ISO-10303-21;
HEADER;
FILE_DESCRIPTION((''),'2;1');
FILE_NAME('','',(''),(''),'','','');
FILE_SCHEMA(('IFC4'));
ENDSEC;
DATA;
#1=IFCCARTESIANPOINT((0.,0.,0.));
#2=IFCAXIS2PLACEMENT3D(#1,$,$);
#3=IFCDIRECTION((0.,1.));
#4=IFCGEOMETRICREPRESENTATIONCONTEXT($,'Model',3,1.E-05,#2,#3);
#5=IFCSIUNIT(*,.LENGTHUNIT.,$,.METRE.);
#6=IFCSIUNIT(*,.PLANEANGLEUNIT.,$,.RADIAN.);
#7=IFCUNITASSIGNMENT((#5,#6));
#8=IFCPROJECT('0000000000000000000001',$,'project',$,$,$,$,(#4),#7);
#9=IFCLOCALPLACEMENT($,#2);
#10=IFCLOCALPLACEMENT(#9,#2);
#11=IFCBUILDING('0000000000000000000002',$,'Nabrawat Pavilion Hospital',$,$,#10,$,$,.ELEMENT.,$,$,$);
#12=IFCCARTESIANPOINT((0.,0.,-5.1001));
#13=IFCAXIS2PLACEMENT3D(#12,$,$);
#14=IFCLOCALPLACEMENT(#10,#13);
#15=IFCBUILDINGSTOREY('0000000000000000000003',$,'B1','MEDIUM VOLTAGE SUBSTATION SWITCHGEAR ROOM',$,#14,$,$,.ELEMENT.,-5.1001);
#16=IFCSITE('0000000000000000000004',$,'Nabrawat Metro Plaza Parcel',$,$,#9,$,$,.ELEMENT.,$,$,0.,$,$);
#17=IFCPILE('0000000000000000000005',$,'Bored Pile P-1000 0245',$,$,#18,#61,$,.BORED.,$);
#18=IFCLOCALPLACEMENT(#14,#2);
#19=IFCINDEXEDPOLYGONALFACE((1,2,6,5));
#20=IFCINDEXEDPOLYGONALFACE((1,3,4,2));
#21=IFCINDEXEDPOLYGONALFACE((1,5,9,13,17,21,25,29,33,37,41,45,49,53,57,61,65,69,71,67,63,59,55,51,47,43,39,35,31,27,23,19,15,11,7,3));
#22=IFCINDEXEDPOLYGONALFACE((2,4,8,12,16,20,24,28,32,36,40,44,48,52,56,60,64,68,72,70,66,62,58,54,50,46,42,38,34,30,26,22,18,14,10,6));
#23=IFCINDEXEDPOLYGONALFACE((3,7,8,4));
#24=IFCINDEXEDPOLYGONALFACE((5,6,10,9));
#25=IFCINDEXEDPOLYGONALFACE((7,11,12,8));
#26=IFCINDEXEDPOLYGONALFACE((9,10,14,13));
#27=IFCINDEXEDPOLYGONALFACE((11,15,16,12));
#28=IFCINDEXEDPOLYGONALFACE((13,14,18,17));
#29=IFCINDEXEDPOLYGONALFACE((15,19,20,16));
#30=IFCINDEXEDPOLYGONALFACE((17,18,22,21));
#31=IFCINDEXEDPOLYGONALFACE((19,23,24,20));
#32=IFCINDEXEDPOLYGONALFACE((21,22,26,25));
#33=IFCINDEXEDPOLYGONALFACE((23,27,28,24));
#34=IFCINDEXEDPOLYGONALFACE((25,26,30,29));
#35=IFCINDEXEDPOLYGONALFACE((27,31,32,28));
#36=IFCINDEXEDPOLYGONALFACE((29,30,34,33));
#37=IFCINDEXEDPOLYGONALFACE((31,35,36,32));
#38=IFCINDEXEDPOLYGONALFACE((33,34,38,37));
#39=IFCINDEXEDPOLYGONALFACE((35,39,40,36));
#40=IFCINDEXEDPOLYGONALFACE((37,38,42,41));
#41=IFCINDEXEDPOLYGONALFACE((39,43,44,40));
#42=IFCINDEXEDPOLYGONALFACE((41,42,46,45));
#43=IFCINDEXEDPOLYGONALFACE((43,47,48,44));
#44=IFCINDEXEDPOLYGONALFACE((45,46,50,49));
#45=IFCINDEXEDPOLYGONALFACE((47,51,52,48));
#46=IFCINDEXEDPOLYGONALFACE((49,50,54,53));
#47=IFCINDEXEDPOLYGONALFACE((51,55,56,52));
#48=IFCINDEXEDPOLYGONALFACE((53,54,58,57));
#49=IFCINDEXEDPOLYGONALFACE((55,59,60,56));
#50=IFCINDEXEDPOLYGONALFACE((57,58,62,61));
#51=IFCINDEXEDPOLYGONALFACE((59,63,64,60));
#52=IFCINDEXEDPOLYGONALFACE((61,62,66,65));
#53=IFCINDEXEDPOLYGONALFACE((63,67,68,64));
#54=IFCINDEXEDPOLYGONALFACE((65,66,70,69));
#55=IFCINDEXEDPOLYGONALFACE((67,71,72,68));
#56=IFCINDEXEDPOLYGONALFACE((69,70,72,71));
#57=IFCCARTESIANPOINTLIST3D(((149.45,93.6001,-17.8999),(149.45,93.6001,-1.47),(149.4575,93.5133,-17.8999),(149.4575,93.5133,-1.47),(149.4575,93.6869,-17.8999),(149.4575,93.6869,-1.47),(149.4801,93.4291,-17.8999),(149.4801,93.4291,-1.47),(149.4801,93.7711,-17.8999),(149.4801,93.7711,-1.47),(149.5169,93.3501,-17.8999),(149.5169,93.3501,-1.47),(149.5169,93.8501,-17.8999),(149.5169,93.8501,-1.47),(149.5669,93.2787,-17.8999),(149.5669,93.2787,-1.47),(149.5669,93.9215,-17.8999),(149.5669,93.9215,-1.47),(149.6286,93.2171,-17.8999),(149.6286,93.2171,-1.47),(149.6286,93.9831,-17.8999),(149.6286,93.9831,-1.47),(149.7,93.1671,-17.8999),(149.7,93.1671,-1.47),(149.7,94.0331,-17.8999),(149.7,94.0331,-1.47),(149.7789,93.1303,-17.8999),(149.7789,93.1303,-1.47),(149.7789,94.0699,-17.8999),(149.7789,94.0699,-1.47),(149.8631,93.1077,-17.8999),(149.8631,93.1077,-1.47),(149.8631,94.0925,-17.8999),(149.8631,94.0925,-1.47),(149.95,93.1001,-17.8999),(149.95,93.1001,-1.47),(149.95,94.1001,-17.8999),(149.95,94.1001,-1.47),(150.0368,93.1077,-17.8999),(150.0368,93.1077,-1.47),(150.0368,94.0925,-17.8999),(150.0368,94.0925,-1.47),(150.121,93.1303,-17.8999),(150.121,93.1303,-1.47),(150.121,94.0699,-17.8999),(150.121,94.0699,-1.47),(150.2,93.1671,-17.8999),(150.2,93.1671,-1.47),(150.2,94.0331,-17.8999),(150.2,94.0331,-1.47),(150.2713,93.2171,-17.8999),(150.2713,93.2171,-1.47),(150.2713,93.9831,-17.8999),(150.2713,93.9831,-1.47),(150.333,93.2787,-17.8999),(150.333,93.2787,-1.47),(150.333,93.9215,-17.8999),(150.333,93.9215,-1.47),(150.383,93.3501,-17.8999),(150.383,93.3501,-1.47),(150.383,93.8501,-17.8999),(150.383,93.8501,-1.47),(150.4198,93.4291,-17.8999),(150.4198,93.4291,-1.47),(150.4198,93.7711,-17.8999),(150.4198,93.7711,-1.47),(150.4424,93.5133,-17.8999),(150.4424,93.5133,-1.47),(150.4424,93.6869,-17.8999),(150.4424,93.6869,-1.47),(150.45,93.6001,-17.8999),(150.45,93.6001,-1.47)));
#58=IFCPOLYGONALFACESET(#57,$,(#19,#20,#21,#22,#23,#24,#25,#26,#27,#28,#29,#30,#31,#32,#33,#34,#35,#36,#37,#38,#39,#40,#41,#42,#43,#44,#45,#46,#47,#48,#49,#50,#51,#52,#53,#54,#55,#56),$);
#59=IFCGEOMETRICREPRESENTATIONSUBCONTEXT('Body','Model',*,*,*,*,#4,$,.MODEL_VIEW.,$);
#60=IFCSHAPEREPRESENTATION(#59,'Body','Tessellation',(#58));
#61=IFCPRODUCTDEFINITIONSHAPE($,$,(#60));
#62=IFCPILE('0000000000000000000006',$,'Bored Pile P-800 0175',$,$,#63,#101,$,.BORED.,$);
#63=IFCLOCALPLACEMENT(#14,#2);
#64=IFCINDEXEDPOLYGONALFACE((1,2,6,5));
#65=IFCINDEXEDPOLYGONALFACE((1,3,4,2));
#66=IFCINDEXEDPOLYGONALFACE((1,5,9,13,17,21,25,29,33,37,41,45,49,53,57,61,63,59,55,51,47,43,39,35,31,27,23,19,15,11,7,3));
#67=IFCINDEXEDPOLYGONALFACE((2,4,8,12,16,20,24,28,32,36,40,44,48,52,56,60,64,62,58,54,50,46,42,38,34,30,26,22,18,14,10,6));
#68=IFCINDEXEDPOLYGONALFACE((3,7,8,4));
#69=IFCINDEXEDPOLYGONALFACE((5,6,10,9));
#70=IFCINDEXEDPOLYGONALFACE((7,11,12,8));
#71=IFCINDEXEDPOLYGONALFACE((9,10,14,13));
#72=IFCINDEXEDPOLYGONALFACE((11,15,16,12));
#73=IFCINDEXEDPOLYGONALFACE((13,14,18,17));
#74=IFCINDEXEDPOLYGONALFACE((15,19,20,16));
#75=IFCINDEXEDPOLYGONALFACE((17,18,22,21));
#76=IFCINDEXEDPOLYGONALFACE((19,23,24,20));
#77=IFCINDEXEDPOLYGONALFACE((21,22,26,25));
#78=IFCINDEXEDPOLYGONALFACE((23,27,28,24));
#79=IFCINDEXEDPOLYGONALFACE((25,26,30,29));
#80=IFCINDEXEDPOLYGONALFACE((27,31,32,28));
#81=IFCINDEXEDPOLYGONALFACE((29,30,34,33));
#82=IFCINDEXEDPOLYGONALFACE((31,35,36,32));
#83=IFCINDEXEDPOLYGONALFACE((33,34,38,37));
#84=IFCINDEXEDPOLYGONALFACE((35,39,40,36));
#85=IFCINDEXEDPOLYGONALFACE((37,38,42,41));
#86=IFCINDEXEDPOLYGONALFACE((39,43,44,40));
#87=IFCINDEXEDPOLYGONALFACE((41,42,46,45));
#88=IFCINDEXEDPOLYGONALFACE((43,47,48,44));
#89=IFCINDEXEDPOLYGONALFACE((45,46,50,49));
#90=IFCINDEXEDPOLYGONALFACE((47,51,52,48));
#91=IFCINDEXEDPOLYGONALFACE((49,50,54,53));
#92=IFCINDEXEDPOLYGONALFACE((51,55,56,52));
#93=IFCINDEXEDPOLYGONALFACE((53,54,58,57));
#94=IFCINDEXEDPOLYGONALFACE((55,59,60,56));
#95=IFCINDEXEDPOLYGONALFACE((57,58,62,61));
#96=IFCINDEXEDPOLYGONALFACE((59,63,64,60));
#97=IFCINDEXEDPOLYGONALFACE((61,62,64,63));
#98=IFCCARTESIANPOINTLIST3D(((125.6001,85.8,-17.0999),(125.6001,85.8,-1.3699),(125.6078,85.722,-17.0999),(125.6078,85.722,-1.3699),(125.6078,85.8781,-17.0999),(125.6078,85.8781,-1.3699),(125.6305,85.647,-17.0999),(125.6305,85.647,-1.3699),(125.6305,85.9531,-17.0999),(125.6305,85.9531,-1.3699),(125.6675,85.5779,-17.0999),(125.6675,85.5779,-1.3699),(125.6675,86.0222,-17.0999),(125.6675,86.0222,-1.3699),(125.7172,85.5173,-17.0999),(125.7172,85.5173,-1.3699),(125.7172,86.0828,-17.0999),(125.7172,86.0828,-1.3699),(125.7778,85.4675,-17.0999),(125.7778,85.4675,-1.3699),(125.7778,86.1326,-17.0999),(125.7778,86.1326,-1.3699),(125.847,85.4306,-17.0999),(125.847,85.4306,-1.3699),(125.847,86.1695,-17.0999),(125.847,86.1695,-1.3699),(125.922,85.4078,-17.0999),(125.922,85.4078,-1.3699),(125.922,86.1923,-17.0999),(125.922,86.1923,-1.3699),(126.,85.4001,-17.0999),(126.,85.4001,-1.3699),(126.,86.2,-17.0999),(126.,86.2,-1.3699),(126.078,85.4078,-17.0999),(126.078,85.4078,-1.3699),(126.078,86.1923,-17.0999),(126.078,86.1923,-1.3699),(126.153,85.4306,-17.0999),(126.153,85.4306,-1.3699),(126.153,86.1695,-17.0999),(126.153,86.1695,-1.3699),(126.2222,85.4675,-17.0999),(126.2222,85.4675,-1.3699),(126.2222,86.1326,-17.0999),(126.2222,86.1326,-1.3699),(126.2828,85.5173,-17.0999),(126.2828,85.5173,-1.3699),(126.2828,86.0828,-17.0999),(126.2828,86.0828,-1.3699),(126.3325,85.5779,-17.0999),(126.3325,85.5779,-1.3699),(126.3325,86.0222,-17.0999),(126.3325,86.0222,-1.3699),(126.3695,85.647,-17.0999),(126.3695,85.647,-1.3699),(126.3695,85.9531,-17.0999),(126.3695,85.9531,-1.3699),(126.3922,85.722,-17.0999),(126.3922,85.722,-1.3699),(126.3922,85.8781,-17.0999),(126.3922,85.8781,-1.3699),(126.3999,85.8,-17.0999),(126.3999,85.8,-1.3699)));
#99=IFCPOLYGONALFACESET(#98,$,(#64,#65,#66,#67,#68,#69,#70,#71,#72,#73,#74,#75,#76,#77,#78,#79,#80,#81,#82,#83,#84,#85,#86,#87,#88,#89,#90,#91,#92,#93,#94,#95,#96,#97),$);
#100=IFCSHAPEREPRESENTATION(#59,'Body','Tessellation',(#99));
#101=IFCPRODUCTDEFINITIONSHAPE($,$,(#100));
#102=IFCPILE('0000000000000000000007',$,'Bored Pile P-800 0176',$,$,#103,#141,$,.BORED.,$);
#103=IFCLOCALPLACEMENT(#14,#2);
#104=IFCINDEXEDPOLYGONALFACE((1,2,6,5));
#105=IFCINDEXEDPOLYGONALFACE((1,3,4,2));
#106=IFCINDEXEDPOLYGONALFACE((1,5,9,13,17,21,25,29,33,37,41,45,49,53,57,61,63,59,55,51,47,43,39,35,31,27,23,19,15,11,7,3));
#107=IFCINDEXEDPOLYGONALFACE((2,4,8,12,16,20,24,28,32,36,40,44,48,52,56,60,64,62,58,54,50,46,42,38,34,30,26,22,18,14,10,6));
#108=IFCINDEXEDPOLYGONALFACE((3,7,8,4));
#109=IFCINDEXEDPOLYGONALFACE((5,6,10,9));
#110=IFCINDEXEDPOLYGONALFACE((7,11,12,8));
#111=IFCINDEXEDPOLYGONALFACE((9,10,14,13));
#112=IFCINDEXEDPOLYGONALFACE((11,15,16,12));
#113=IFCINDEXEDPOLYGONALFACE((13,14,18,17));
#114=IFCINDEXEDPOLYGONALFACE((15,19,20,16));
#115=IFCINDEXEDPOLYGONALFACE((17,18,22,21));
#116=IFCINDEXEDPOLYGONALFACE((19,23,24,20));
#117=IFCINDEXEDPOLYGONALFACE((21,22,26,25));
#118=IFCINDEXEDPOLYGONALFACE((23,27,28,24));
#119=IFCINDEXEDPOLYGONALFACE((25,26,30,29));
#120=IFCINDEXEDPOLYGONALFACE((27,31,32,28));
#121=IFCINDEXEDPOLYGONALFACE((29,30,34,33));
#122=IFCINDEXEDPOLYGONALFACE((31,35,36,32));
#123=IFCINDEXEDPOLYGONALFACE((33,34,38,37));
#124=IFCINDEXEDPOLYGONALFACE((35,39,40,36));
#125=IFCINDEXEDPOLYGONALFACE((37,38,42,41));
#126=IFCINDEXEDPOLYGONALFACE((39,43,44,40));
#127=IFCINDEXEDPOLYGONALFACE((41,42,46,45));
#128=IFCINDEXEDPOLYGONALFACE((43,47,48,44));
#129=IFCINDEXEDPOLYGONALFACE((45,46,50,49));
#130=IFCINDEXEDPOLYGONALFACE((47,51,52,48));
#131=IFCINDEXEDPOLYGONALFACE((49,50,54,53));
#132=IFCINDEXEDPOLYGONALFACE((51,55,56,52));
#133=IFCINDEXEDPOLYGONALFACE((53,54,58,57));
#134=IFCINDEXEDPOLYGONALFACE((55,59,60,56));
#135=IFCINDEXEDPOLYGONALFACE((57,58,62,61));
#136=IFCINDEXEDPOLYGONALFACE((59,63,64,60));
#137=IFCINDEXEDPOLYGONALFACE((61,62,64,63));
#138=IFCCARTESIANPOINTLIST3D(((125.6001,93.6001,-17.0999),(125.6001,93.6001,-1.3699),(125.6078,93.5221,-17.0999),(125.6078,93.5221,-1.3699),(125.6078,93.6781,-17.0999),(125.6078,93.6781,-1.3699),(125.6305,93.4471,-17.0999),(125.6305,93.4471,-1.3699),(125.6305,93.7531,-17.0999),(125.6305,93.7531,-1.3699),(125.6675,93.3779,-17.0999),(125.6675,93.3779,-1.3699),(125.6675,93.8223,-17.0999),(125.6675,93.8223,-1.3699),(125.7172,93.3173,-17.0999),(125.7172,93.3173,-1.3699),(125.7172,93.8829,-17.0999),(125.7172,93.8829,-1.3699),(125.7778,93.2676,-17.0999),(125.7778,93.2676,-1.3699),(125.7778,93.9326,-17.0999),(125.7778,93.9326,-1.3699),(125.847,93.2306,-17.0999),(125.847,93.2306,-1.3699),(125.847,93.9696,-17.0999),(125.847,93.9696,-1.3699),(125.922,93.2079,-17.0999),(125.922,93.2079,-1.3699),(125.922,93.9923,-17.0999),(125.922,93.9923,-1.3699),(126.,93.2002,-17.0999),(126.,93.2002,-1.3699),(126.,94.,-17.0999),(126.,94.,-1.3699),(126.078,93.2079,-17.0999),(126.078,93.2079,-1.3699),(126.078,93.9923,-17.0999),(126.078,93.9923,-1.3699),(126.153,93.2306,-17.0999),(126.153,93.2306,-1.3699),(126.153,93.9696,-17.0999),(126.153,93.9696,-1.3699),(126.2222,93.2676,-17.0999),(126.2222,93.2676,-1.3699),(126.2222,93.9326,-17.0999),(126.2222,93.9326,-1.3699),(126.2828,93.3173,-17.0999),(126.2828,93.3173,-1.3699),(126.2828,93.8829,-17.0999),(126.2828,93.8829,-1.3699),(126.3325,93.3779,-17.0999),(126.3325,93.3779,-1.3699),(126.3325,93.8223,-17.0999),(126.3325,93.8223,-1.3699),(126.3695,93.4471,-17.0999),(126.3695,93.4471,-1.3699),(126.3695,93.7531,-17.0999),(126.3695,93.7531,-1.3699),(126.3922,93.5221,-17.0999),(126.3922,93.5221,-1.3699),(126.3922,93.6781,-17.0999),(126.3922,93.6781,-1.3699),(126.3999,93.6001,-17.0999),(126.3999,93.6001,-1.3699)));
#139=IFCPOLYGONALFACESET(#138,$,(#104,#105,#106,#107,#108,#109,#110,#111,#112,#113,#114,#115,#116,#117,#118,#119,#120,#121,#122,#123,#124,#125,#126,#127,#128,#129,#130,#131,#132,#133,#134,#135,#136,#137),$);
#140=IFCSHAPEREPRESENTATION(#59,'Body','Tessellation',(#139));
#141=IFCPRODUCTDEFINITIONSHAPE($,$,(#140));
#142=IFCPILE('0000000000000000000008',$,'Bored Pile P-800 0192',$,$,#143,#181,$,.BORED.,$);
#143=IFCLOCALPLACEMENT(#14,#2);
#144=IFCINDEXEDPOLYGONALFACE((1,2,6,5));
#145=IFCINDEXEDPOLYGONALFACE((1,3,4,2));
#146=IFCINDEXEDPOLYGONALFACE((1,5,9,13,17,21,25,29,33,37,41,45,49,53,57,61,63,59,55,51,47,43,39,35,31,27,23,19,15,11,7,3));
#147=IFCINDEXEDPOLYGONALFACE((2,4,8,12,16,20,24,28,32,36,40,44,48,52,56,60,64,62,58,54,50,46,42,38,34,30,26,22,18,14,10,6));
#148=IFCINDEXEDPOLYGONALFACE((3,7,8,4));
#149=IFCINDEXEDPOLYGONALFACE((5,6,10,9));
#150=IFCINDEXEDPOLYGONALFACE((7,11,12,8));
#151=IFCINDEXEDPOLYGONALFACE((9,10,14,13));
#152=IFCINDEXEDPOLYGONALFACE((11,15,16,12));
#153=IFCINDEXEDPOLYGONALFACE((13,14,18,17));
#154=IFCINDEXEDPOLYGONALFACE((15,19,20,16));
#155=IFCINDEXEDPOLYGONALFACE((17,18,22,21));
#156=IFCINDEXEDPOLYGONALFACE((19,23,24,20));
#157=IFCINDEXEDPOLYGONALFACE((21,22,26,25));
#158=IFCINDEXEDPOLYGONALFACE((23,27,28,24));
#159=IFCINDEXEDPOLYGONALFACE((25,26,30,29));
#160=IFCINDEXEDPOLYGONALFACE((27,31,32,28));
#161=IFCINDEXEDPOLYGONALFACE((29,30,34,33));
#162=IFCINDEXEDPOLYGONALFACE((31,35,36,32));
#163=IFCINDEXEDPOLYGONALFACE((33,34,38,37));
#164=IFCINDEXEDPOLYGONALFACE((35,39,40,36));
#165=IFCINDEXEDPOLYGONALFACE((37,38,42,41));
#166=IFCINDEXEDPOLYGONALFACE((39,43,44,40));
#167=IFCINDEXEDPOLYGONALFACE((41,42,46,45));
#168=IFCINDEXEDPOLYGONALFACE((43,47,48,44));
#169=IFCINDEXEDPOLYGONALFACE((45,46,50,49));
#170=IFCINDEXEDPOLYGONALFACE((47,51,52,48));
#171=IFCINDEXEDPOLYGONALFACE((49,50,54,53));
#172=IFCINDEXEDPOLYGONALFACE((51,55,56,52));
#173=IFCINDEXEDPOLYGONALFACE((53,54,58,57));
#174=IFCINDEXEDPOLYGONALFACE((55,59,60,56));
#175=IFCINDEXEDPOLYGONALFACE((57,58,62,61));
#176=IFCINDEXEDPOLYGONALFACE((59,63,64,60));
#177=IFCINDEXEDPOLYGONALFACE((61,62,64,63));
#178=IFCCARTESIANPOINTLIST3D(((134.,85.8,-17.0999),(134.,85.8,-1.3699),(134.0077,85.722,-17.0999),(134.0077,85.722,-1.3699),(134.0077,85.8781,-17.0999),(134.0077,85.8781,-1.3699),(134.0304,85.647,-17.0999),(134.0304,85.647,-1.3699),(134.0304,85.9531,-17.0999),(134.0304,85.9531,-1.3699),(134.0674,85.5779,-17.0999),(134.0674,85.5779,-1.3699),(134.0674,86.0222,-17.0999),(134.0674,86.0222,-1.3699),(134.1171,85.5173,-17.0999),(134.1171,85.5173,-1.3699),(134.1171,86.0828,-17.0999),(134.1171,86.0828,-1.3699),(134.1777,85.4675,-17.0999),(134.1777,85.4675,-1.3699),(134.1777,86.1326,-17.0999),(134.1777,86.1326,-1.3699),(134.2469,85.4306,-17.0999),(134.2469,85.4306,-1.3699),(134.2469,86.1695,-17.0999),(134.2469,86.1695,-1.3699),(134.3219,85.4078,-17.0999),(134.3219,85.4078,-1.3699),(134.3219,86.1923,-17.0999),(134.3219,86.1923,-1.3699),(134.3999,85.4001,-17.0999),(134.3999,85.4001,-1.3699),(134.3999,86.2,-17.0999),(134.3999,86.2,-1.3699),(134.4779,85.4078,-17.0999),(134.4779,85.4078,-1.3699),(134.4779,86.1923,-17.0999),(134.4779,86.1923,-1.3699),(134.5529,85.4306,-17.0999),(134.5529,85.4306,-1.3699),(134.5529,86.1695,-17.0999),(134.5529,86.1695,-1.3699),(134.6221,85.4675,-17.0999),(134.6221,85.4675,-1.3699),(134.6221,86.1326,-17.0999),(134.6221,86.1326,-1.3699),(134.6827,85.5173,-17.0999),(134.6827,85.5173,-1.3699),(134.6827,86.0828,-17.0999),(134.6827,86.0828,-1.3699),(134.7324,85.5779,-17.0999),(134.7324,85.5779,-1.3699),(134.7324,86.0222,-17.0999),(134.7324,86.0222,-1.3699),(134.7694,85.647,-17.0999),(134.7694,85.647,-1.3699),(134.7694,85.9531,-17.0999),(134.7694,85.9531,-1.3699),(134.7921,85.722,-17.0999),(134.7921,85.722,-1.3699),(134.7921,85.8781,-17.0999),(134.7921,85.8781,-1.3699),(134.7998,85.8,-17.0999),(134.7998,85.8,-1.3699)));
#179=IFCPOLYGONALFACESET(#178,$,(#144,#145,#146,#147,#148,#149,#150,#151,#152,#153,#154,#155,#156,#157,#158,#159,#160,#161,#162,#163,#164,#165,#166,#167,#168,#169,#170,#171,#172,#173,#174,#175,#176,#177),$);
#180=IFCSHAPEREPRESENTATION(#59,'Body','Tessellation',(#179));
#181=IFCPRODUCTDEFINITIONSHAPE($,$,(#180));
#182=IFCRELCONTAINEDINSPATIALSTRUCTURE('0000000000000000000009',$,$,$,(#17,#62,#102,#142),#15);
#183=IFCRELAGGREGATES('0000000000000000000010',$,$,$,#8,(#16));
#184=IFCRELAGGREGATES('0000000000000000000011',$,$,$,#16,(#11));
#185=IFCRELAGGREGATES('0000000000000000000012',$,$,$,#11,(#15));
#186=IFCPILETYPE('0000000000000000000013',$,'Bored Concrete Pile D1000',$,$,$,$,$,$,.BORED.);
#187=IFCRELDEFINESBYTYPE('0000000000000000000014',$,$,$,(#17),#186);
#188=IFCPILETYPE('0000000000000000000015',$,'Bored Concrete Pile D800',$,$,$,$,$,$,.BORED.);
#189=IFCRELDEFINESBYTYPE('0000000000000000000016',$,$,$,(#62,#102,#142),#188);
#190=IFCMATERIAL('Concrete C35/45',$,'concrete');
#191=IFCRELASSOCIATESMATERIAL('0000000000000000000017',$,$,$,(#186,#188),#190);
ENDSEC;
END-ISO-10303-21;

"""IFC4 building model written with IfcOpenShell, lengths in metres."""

from ifc_helpers import new_model, si_unit, direction, frame, origin, origin_2d, place, context, subcontext, project, spatial, circle, extrude, material, material_profile, profile_set, type_object, element, save


model = new_model("IFC4")

# Units and contexts
model_context = context("Model", 3, precision=1e-05, world=origin(), true_north=direction((0.0, 1.0)))
body_context = subcontext(model_context, "Body", "Model", "MODEL_VIEW")
ifc_project = project(units=[si_unit("LENGTHUNIT", "METRE"), si_unit("PLANEANGLEUNIT", "RADIAN")], contexts=[model_context])

# Site, building, storey
site_placement = place(None, origin())
site = spatial("IfcSite", under=ifc_project, at=site_placement, Name="Nabrawat Metro Plaza Parcel", CompositionType="ELEMENT", RefElevation=0.0)
building_placement = place(site_placement, origin())
building = spatial("IfcBuilding", under=site, at=building_placement, Name="Nabrawat Pavilion Hospital", CompositionType="ELEMENT")
storey_placement = place(building_placement, frame((0.0, 0.0, -5.1001)))
storey = spatial("IfcBuildingStorey", under=building, at=storey_placement, Name="B1", Description="MEDIUM VOLTAGE SUBSTATION SWITCHGEAR ROOM", CompositionType="ELEMENT", Elevation=-5.1001)

# Piles
ifc_material_1 = material(Name="Concrete C35/45", Category="concrete")
ifc_material_profile_1 = material_profile(ifc_material_1, circle(Radius=0.5, at=origin_2d()), Name="DIA 1000")
ifc_profile_set_1 = profile_set([ifc_material_profile_1], Name="Concrete C35/45")
pile_type_1 = type_object("IfcPileType", Name="Bored Concrete Pile D1000", PredefinedType="BORED", material=ifc_profile_set_1)
for number, where, z_axis, x_axis, name in (
    (1, (149.95, 93.6001, -1.47), (0.0, 0.0, -1.0), (1.0, 0.0, 0.0), "Bored Pile P-1000 0245"),
):
    element("IfcPile", number, at=place(storey_placement, frame(where, z_axis=z_axis, x_axis=x_axis)), inside=storey, type_object=pile_type_1, Name=name, PredefinedType="BORED", context=body_context, shape_type="SweptSolid", body=[
        extrude(circle(Radius=0.5, at=origin_2d()), origin(), (0.0, 0.0, 1.0), 16.4299),
    ])
ifc_material_profile_2 = material_profile(ifc_material_1, circle(Radius=0.3999, at=origin_2d()), Name="DIA 800")
ifc_profile_set_2 = profile_set([ifc_material_profile_2], Name="Concrete C35/45")
pile_type_2 = type_object("IfcPileType", Name="Bored Concrete Pile D800", PredefinedType="BORED", material=ifc_profile_set_2)
for number, where, z_axis, x_axis, name in (
    (2, (126.0, 85.8, -1.3699), (0.0, 0.0, -1.0), (1.0, 0.0, 0.0), "Bored Pile P-800 0175"),
    (3, (126.0, 93.6001, -1.3699), (0.0, 0.0, -1.0), (1.0, 0.0, 0.0), "Bored Pile P-800 0176"),
    (4, (134.3999, 85.8, -1.3699), (0.0, 0.0, -1.0), (1.0, 0.0, 0.0), "Bored Pile P-800 0192"),
):
    element("IfcPile", number, at=place(storey_placement, frame(where, z_axis=z_axis, x_axis=x_axis)), inside=storey, type_object=pile_type_2, Name=name, PredefinedType="BORED", context=body_context, shape_type="SweptSolid", body=[
        extrude(circle(Radius=0.3999, at=origin_2d()), origin(), (0.0, 0.0, 1.0), 15.73),
    ])

save(model, "model.ifc")
